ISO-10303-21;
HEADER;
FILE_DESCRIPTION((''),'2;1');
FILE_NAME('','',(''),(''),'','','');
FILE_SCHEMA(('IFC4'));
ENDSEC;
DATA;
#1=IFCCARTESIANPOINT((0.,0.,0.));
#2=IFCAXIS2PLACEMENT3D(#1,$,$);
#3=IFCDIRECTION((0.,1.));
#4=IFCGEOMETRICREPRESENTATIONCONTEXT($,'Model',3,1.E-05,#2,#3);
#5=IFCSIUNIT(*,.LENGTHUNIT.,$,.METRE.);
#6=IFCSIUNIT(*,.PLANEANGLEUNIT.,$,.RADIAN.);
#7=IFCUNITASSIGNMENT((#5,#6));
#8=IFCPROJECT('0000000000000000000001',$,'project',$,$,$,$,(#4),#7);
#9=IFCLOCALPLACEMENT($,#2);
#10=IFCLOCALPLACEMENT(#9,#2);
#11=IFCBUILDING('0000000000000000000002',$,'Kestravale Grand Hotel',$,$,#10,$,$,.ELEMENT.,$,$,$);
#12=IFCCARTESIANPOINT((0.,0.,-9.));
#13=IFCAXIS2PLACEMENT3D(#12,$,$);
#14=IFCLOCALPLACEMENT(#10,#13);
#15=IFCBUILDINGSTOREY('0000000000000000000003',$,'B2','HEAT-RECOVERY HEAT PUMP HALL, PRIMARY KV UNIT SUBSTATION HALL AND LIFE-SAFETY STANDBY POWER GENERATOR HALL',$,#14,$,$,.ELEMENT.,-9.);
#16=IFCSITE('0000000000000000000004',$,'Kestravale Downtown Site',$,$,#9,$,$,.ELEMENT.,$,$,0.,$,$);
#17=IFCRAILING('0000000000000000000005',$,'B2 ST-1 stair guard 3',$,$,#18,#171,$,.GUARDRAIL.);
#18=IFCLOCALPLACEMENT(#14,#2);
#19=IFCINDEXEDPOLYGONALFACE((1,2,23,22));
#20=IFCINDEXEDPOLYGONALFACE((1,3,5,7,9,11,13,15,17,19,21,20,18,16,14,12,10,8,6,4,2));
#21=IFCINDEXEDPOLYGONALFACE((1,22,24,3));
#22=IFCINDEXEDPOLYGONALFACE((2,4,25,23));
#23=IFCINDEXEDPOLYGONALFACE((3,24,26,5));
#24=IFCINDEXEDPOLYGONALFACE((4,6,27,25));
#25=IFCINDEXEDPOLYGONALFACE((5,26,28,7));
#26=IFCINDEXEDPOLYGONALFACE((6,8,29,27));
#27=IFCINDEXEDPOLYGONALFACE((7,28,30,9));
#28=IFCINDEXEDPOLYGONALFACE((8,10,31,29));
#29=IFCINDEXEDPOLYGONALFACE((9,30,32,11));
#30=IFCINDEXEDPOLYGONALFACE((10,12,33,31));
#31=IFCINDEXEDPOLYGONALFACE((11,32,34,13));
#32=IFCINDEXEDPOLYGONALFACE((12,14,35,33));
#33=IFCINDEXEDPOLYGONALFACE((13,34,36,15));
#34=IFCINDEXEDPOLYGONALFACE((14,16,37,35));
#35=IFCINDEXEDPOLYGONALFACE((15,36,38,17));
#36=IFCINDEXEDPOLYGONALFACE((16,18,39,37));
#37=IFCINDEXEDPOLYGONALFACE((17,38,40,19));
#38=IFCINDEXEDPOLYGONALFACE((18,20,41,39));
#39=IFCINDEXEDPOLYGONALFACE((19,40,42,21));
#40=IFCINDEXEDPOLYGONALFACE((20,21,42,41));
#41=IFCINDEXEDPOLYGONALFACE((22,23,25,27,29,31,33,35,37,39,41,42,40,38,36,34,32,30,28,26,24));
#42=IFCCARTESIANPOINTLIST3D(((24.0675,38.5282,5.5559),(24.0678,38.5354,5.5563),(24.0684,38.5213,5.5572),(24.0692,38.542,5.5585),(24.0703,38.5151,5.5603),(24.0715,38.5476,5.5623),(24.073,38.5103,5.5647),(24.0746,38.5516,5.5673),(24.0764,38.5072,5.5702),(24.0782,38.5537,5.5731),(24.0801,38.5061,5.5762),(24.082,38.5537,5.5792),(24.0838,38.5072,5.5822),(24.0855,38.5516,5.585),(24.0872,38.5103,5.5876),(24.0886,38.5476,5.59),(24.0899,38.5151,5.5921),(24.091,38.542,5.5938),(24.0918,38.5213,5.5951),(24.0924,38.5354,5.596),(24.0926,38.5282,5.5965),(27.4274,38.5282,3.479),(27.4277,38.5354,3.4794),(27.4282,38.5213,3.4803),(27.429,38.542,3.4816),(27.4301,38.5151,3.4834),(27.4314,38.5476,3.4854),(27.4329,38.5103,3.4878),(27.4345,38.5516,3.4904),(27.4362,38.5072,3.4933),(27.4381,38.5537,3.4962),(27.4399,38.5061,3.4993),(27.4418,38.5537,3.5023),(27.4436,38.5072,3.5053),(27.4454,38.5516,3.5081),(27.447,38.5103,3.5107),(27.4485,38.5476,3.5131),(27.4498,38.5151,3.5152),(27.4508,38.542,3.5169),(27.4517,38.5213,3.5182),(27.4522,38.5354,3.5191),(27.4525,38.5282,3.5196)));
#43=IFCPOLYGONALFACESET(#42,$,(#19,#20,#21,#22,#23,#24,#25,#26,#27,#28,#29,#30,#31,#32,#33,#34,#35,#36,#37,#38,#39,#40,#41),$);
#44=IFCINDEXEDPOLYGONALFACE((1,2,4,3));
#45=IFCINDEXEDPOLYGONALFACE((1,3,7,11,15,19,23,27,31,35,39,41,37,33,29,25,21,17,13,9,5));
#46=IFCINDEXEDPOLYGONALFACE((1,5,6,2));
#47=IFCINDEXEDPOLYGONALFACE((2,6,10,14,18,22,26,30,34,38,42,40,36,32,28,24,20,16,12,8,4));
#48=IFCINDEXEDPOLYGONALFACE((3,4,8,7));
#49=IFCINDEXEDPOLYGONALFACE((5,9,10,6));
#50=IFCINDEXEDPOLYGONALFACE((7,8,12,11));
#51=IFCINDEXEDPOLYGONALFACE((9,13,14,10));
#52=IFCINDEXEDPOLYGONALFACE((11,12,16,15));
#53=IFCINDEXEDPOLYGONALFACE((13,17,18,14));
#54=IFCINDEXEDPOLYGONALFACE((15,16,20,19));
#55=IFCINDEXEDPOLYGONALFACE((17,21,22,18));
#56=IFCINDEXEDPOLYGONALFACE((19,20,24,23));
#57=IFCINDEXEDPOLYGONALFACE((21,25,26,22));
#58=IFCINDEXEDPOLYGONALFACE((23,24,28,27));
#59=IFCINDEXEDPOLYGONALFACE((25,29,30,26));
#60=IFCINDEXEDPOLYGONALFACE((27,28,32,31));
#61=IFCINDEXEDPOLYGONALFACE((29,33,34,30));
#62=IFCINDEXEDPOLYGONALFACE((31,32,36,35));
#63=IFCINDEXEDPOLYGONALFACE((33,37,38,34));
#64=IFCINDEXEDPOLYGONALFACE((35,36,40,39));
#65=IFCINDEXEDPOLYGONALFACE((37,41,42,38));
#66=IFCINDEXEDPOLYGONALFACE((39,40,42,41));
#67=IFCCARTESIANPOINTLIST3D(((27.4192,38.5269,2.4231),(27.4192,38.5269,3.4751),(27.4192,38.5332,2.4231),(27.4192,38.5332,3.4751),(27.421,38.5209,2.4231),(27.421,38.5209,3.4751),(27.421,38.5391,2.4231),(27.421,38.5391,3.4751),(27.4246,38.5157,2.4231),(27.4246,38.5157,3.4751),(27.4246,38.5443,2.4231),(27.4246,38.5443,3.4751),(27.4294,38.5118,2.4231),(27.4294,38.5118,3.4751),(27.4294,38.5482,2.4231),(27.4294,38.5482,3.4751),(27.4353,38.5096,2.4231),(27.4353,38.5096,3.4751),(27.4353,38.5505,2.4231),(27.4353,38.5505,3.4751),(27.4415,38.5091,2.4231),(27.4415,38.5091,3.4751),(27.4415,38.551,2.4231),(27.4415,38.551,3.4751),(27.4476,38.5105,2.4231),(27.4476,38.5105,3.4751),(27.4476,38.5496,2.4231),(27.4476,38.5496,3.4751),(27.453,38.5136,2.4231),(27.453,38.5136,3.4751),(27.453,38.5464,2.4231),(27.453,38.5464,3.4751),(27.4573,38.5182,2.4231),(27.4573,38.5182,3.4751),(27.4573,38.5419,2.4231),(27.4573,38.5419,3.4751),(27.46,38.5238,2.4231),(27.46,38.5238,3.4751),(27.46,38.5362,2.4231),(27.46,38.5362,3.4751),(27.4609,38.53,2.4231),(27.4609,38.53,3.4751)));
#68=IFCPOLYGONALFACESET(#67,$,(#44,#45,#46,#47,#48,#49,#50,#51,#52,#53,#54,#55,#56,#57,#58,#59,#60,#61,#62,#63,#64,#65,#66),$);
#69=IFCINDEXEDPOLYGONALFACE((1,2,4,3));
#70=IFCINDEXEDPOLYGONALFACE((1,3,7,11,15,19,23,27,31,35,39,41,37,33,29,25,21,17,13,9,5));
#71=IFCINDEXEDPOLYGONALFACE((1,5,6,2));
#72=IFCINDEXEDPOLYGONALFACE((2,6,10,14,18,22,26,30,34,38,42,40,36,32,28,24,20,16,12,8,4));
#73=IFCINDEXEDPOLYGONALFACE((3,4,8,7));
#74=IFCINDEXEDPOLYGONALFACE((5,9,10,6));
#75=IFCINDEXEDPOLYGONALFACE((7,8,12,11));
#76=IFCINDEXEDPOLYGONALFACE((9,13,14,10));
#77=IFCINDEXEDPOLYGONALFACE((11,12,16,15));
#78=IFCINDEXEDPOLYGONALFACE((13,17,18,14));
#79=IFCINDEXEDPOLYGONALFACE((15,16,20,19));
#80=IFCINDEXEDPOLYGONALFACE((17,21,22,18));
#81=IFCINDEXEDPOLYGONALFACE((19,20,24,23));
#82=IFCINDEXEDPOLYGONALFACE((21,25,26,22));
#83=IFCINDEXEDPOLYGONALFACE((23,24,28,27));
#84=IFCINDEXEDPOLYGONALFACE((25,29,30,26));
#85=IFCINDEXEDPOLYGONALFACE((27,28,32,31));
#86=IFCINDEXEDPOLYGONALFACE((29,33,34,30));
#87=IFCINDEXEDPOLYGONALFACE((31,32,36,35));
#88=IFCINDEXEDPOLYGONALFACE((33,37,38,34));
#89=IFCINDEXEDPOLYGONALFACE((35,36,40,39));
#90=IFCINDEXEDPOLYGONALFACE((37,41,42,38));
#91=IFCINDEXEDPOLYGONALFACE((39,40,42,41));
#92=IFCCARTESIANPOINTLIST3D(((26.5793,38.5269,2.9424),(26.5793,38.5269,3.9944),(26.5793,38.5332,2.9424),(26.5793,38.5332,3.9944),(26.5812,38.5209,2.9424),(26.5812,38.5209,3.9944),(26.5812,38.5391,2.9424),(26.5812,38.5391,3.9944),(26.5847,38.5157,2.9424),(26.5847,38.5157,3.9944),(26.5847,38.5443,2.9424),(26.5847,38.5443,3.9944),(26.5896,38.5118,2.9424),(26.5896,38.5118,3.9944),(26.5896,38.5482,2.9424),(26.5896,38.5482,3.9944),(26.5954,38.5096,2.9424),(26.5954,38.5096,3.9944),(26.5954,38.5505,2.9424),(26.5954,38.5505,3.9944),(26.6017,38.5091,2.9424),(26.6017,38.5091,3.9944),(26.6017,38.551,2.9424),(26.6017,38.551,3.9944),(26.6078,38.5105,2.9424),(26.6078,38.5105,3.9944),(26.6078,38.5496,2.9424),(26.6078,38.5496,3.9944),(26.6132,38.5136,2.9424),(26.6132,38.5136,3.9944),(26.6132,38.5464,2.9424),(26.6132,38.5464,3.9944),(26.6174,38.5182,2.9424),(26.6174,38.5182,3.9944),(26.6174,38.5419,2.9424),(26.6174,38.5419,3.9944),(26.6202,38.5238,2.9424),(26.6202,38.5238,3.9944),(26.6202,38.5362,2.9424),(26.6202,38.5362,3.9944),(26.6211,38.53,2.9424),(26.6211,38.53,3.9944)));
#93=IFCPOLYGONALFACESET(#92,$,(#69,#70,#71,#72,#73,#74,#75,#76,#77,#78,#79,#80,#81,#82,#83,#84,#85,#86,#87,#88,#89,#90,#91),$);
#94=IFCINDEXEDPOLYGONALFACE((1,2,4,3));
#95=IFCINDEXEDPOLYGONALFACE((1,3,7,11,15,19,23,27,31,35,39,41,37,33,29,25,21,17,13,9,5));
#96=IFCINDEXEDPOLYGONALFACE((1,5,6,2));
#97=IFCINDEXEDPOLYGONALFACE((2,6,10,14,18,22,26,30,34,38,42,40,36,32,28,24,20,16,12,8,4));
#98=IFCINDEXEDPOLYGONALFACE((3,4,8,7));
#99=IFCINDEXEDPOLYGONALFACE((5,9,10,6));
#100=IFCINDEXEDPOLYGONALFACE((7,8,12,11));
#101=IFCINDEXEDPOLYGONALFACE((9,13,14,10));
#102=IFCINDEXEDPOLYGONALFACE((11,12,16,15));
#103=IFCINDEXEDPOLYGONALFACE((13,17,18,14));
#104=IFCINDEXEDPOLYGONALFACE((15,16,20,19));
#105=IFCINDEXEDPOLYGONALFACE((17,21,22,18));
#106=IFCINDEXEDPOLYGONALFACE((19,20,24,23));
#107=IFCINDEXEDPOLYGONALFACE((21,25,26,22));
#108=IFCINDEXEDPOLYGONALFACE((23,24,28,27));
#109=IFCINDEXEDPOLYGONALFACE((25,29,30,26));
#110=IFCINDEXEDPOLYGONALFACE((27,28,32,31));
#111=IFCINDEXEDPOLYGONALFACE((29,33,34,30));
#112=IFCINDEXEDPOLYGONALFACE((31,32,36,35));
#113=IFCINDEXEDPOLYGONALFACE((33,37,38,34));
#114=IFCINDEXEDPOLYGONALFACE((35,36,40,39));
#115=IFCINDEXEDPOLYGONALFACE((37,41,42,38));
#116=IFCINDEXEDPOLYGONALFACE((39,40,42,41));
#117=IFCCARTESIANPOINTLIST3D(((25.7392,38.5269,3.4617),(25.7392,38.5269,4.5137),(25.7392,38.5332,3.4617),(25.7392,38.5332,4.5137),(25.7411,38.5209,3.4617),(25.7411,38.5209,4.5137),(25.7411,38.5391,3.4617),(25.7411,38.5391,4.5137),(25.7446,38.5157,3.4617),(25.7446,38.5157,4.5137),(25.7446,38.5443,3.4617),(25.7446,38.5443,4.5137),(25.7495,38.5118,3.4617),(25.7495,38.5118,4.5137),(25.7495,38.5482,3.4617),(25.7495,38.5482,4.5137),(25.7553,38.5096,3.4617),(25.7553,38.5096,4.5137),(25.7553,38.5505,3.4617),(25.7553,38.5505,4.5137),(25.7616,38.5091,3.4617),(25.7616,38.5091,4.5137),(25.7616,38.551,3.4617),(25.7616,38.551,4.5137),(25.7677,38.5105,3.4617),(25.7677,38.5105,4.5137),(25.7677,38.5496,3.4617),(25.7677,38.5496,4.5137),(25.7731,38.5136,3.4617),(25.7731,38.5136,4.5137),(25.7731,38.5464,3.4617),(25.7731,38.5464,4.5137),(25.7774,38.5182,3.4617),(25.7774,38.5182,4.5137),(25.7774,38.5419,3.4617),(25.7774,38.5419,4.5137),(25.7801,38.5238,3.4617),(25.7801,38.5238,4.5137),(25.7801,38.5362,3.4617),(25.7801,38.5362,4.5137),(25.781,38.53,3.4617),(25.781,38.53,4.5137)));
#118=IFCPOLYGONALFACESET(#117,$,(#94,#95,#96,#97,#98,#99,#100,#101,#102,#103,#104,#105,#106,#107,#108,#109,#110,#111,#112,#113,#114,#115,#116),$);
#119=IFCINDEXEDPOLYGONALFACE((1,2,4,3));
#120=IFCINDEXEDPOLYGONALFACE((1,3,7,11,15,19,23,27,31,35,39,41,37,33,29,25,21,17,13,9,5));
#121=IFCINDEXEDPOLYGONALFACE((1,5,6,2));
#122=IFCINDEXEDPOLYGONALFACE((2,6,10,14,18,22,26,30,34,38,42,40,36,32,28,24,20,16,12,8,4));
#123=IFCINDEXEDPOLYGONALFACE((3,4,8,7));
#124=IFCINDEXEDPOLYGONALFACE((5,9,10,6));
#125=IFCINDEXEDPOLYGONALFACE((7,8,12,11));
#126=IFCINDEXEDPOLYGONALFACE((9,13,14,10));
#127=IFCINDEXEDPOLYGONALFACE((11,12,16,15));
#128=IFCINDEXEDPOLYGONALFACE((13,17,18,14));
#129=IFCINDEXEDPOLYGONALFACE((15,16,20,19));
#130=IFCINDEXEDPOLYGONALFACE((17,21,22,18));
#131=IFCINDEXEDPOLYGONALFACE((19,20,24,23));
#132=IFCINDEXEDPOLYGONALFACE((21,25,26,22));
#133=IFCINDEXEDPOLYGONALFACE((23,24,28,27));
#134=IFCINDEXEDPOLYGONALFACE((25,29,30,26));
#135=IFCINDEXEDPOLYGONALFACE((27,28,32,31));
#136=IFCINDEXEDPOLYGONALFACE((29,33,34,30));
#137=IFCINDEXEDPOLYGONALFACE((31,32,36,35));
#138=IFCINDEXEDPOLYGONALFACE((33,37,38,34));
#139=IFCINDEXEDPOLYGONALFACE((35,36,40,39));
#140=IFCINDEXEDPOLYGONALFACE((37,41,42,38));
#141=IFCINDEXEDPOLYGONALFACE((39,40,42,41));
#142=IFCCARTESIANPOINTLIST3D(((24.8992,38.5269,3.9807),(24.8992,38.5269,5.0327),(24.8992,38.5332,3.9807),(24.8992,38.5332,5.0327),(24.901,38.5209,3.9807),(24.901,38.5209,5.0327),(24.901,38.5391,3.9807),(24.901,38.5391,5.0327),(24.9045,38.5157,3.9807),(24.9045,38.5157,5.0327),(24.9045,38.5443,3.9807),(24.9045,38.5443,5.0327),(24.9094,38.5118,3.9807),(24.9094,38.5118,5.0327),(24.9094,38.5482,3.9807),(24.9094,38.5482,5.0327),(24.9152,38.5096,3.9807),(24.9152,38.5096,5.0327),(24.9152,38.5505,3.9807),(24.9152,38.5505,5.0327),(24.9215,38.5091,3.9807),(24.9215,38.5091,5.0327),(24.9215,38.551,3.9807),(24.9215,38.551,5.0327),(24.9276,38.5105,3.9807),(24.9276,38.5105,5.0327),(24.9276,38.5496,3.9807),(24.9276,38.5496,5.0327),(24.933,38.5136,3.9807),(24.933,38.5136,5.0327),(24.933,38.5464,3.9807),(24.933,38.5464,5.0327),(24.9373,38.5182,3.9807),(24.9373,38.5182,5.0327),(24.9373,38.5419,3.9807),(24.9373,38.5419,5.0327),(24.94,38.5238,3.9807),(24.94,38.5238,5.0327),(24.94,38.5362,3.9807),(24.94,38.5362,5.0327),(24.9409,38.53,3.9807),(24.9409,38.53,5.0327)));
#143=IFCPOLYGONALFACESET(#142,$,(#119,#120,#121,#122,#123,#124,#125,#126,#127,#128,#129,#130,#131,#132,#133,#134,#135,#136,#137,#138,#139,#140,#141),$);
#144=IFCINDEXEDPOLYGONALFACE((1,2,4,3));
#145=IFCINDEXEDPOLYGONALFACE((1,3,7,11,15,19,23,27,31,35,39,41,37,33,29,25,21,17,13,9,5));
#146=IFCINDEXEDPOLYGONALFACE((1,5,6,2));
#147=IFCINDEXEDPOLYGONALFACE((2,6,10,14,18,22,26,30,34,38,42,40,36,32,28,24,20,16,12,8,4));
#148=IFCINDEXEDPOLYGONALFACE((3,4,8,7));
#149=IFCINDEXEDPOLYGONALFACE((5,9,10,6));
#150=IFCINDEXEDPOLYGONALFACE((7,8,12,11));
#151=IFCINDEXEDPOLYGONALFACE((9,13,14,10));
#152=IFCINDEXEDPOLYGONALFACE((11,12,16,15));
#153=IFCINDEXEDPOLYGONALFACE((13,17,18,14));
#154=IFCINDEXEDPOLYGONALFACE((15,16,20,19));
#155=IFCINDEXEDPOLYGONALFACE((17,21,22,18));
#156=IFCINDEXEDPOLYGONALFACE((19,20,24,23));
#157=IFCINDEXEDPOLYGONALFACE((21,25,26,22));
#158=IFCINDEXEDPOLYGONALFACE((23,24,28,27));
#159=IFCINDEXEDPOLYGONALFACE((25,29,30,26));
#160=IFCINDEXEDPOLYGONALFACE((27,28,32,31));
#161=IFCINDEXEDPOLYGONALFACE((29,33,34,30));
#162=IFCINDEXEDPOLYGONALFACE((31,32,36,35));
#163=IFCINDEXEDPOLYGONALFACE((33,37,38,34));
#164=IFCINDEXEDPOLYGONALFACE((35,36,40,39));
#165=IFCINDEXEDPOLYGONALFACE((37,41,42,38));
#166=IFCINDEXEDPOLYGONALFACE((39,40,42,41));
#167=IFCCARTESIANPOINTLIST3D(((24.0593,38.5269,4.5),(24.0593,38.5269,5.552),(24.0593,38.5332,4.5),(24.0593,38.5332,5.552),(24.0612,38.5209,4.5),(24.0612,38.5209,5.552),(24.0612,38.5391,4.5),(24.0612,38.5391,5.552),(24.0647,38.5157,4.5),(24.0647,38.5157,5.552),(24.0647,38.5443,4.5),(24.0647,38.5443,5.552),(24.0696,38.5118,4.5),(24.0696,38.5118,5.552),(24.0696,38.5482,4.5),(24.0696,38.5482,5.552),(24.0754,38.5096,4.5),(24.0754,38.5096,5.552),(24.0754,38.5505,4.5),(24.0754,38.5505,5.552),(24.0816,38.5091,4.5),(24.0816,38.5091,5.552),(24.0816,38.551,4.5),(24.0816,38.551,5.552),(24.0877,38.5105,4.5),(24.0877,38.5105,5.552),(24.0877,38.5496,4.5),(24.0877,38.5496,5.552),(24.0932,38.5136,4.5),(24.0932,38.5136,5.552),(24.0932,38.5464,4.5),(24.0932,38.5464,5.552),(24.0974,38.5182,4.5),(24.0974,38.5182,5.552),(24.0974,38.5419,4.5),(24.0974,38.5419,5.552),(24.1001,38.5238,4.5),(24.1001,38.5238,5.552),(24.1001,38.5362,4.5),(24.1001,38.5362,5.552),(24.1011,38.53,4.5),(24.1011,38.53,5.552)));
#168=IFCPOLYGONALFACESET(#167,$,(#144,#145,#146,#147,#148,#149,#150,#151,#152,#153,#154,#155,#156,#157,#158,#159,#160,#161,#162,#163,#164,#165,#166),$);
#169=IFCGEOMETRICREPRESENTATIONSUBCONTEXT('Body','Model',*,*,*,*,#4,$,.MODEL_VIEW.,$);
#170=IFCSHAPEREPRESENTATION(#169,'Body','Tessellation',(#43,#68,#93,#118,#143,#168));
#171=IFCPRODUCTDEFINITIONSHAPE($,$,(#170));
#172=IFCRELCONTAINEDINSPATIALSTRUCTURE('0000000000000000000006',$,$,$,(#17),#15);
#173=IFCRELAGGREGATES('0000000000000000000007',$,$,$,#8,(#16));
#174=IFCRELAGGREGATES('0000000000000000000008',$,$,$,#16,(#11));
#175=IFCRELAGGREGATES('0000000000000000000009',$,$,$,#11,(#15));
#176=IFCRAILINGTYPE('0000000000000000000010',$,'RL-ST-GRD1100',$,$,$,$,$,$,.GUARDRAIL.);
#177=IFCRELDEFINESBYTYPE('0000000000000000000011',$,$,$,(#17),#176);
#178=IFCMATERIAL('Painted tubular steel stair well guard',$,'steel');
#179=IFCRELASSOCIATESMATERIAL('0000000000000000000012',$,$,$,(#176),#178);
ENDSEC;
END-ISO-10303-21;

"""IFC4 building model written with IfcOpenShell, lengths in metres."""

from ifc_helpers import new_model, si_unit, direction, frame, origin, origin_2d, place, context, subcontext, project, spatial, circle, extrude, material, type_object, element, save


model = new_model("IFC4")

# Units and contexts
model_context = context("Model", 3, precision=1e-05, world=origin(), true_north=direction((0.0, 1.0)))
body_context = subcontext(model_context, "Body", "Model", "MODEL_VIEW")
ifc_project = project(units=[si_unit("LENGTHUNIT", "METRE"), si_unit("PLANEANGLEUNIT", "RADIAN")], contexts=[model_context])

# Site, building, storey
site_placement = place(None, origin())
site = spatial("IfcSite", under=ifc_project, at=site_placement, Name="Kestravale Downtown Site", CompositionType="ELEMENT", RefElevation=0.0)
building_placement = place(site_placement, origin())
building = spatial("IfcBuilding", under=site, at=building_placement, Name="Kestravale Grand Hotel", CompositionType="ELEMENT")
storey_placement = place(building_placement, frame((0.0, 0.0, -9.0)))
storey = spatial("IfcBuildingStorey", under=building, at=storey_placement, Name="B2", Description="HEAT-RECOVERY HEAT PUMP HALL, PRIMARY KV UNIT SUBSTATION HALL AND LIFE-SAFETY STANDBY POWER GENERATOR HALL", CompositionType="ELEMENT", Elevation=-9.0)

# Railing
ifc_material_1 = material(Name="Painted tubular steel stair well guard", Category="steel")
railing_type_1 = type_object("IfcRailingType", Name="RL-ST-GRD1100", PredefinedType="GUARDRAIL", material=ifc_material_1)
railing_1_placement = place(storey_placement, frame((27.4399, 38.53, 2.4231)))
element("IfcRailing", 1, at=railing_1_placement, inside=storey, type_object=railing_type_1, Name="B2 ST-1 stair guard 3", PredefinedType="GUARDRAIL", context=body_context, shape_type="SweptSolid", body=[
    extrude(circle(Radius=0.0239, at=origin_2d()), frame((0.0, 0.0, 1.0762), z_axis=(-0.850606, 0.0, 0.525803), x_axis=(0.0, -1.0, 0.0)), (0.0, 0.0, 1.0), 3.95),
    extrude(circle(Radius=0.021, at=origin_2d()), origin(), (0.0, 0.0, 1.0), 1.052),
    extrude(circle(Radius=0.021, at=origin_2d()), frame((-0.8398, 0.0, 0.5193)), (0.0, 0.0, 1.0), 1.052),
    extrude(circle(Radius=0.021, at=origin_2d()), frame((-1.6799, 0.0, 1.0386)), (0.0, 0.0, 1.0), 1.052),
    extrude(circle(Radius=0.021, at=origin_2d()), frame((-2.52, 0.0, 1.5576)), (0.0, 0.0, 1.0), 1.052),
    extrude(circle(Radius=0.021, at=origin_2d()), frame((-3.3599, 0.0, 2.0769)), (0.0, 0.0, 1.0), 1.052),
])

save(model, "model.ifc")
